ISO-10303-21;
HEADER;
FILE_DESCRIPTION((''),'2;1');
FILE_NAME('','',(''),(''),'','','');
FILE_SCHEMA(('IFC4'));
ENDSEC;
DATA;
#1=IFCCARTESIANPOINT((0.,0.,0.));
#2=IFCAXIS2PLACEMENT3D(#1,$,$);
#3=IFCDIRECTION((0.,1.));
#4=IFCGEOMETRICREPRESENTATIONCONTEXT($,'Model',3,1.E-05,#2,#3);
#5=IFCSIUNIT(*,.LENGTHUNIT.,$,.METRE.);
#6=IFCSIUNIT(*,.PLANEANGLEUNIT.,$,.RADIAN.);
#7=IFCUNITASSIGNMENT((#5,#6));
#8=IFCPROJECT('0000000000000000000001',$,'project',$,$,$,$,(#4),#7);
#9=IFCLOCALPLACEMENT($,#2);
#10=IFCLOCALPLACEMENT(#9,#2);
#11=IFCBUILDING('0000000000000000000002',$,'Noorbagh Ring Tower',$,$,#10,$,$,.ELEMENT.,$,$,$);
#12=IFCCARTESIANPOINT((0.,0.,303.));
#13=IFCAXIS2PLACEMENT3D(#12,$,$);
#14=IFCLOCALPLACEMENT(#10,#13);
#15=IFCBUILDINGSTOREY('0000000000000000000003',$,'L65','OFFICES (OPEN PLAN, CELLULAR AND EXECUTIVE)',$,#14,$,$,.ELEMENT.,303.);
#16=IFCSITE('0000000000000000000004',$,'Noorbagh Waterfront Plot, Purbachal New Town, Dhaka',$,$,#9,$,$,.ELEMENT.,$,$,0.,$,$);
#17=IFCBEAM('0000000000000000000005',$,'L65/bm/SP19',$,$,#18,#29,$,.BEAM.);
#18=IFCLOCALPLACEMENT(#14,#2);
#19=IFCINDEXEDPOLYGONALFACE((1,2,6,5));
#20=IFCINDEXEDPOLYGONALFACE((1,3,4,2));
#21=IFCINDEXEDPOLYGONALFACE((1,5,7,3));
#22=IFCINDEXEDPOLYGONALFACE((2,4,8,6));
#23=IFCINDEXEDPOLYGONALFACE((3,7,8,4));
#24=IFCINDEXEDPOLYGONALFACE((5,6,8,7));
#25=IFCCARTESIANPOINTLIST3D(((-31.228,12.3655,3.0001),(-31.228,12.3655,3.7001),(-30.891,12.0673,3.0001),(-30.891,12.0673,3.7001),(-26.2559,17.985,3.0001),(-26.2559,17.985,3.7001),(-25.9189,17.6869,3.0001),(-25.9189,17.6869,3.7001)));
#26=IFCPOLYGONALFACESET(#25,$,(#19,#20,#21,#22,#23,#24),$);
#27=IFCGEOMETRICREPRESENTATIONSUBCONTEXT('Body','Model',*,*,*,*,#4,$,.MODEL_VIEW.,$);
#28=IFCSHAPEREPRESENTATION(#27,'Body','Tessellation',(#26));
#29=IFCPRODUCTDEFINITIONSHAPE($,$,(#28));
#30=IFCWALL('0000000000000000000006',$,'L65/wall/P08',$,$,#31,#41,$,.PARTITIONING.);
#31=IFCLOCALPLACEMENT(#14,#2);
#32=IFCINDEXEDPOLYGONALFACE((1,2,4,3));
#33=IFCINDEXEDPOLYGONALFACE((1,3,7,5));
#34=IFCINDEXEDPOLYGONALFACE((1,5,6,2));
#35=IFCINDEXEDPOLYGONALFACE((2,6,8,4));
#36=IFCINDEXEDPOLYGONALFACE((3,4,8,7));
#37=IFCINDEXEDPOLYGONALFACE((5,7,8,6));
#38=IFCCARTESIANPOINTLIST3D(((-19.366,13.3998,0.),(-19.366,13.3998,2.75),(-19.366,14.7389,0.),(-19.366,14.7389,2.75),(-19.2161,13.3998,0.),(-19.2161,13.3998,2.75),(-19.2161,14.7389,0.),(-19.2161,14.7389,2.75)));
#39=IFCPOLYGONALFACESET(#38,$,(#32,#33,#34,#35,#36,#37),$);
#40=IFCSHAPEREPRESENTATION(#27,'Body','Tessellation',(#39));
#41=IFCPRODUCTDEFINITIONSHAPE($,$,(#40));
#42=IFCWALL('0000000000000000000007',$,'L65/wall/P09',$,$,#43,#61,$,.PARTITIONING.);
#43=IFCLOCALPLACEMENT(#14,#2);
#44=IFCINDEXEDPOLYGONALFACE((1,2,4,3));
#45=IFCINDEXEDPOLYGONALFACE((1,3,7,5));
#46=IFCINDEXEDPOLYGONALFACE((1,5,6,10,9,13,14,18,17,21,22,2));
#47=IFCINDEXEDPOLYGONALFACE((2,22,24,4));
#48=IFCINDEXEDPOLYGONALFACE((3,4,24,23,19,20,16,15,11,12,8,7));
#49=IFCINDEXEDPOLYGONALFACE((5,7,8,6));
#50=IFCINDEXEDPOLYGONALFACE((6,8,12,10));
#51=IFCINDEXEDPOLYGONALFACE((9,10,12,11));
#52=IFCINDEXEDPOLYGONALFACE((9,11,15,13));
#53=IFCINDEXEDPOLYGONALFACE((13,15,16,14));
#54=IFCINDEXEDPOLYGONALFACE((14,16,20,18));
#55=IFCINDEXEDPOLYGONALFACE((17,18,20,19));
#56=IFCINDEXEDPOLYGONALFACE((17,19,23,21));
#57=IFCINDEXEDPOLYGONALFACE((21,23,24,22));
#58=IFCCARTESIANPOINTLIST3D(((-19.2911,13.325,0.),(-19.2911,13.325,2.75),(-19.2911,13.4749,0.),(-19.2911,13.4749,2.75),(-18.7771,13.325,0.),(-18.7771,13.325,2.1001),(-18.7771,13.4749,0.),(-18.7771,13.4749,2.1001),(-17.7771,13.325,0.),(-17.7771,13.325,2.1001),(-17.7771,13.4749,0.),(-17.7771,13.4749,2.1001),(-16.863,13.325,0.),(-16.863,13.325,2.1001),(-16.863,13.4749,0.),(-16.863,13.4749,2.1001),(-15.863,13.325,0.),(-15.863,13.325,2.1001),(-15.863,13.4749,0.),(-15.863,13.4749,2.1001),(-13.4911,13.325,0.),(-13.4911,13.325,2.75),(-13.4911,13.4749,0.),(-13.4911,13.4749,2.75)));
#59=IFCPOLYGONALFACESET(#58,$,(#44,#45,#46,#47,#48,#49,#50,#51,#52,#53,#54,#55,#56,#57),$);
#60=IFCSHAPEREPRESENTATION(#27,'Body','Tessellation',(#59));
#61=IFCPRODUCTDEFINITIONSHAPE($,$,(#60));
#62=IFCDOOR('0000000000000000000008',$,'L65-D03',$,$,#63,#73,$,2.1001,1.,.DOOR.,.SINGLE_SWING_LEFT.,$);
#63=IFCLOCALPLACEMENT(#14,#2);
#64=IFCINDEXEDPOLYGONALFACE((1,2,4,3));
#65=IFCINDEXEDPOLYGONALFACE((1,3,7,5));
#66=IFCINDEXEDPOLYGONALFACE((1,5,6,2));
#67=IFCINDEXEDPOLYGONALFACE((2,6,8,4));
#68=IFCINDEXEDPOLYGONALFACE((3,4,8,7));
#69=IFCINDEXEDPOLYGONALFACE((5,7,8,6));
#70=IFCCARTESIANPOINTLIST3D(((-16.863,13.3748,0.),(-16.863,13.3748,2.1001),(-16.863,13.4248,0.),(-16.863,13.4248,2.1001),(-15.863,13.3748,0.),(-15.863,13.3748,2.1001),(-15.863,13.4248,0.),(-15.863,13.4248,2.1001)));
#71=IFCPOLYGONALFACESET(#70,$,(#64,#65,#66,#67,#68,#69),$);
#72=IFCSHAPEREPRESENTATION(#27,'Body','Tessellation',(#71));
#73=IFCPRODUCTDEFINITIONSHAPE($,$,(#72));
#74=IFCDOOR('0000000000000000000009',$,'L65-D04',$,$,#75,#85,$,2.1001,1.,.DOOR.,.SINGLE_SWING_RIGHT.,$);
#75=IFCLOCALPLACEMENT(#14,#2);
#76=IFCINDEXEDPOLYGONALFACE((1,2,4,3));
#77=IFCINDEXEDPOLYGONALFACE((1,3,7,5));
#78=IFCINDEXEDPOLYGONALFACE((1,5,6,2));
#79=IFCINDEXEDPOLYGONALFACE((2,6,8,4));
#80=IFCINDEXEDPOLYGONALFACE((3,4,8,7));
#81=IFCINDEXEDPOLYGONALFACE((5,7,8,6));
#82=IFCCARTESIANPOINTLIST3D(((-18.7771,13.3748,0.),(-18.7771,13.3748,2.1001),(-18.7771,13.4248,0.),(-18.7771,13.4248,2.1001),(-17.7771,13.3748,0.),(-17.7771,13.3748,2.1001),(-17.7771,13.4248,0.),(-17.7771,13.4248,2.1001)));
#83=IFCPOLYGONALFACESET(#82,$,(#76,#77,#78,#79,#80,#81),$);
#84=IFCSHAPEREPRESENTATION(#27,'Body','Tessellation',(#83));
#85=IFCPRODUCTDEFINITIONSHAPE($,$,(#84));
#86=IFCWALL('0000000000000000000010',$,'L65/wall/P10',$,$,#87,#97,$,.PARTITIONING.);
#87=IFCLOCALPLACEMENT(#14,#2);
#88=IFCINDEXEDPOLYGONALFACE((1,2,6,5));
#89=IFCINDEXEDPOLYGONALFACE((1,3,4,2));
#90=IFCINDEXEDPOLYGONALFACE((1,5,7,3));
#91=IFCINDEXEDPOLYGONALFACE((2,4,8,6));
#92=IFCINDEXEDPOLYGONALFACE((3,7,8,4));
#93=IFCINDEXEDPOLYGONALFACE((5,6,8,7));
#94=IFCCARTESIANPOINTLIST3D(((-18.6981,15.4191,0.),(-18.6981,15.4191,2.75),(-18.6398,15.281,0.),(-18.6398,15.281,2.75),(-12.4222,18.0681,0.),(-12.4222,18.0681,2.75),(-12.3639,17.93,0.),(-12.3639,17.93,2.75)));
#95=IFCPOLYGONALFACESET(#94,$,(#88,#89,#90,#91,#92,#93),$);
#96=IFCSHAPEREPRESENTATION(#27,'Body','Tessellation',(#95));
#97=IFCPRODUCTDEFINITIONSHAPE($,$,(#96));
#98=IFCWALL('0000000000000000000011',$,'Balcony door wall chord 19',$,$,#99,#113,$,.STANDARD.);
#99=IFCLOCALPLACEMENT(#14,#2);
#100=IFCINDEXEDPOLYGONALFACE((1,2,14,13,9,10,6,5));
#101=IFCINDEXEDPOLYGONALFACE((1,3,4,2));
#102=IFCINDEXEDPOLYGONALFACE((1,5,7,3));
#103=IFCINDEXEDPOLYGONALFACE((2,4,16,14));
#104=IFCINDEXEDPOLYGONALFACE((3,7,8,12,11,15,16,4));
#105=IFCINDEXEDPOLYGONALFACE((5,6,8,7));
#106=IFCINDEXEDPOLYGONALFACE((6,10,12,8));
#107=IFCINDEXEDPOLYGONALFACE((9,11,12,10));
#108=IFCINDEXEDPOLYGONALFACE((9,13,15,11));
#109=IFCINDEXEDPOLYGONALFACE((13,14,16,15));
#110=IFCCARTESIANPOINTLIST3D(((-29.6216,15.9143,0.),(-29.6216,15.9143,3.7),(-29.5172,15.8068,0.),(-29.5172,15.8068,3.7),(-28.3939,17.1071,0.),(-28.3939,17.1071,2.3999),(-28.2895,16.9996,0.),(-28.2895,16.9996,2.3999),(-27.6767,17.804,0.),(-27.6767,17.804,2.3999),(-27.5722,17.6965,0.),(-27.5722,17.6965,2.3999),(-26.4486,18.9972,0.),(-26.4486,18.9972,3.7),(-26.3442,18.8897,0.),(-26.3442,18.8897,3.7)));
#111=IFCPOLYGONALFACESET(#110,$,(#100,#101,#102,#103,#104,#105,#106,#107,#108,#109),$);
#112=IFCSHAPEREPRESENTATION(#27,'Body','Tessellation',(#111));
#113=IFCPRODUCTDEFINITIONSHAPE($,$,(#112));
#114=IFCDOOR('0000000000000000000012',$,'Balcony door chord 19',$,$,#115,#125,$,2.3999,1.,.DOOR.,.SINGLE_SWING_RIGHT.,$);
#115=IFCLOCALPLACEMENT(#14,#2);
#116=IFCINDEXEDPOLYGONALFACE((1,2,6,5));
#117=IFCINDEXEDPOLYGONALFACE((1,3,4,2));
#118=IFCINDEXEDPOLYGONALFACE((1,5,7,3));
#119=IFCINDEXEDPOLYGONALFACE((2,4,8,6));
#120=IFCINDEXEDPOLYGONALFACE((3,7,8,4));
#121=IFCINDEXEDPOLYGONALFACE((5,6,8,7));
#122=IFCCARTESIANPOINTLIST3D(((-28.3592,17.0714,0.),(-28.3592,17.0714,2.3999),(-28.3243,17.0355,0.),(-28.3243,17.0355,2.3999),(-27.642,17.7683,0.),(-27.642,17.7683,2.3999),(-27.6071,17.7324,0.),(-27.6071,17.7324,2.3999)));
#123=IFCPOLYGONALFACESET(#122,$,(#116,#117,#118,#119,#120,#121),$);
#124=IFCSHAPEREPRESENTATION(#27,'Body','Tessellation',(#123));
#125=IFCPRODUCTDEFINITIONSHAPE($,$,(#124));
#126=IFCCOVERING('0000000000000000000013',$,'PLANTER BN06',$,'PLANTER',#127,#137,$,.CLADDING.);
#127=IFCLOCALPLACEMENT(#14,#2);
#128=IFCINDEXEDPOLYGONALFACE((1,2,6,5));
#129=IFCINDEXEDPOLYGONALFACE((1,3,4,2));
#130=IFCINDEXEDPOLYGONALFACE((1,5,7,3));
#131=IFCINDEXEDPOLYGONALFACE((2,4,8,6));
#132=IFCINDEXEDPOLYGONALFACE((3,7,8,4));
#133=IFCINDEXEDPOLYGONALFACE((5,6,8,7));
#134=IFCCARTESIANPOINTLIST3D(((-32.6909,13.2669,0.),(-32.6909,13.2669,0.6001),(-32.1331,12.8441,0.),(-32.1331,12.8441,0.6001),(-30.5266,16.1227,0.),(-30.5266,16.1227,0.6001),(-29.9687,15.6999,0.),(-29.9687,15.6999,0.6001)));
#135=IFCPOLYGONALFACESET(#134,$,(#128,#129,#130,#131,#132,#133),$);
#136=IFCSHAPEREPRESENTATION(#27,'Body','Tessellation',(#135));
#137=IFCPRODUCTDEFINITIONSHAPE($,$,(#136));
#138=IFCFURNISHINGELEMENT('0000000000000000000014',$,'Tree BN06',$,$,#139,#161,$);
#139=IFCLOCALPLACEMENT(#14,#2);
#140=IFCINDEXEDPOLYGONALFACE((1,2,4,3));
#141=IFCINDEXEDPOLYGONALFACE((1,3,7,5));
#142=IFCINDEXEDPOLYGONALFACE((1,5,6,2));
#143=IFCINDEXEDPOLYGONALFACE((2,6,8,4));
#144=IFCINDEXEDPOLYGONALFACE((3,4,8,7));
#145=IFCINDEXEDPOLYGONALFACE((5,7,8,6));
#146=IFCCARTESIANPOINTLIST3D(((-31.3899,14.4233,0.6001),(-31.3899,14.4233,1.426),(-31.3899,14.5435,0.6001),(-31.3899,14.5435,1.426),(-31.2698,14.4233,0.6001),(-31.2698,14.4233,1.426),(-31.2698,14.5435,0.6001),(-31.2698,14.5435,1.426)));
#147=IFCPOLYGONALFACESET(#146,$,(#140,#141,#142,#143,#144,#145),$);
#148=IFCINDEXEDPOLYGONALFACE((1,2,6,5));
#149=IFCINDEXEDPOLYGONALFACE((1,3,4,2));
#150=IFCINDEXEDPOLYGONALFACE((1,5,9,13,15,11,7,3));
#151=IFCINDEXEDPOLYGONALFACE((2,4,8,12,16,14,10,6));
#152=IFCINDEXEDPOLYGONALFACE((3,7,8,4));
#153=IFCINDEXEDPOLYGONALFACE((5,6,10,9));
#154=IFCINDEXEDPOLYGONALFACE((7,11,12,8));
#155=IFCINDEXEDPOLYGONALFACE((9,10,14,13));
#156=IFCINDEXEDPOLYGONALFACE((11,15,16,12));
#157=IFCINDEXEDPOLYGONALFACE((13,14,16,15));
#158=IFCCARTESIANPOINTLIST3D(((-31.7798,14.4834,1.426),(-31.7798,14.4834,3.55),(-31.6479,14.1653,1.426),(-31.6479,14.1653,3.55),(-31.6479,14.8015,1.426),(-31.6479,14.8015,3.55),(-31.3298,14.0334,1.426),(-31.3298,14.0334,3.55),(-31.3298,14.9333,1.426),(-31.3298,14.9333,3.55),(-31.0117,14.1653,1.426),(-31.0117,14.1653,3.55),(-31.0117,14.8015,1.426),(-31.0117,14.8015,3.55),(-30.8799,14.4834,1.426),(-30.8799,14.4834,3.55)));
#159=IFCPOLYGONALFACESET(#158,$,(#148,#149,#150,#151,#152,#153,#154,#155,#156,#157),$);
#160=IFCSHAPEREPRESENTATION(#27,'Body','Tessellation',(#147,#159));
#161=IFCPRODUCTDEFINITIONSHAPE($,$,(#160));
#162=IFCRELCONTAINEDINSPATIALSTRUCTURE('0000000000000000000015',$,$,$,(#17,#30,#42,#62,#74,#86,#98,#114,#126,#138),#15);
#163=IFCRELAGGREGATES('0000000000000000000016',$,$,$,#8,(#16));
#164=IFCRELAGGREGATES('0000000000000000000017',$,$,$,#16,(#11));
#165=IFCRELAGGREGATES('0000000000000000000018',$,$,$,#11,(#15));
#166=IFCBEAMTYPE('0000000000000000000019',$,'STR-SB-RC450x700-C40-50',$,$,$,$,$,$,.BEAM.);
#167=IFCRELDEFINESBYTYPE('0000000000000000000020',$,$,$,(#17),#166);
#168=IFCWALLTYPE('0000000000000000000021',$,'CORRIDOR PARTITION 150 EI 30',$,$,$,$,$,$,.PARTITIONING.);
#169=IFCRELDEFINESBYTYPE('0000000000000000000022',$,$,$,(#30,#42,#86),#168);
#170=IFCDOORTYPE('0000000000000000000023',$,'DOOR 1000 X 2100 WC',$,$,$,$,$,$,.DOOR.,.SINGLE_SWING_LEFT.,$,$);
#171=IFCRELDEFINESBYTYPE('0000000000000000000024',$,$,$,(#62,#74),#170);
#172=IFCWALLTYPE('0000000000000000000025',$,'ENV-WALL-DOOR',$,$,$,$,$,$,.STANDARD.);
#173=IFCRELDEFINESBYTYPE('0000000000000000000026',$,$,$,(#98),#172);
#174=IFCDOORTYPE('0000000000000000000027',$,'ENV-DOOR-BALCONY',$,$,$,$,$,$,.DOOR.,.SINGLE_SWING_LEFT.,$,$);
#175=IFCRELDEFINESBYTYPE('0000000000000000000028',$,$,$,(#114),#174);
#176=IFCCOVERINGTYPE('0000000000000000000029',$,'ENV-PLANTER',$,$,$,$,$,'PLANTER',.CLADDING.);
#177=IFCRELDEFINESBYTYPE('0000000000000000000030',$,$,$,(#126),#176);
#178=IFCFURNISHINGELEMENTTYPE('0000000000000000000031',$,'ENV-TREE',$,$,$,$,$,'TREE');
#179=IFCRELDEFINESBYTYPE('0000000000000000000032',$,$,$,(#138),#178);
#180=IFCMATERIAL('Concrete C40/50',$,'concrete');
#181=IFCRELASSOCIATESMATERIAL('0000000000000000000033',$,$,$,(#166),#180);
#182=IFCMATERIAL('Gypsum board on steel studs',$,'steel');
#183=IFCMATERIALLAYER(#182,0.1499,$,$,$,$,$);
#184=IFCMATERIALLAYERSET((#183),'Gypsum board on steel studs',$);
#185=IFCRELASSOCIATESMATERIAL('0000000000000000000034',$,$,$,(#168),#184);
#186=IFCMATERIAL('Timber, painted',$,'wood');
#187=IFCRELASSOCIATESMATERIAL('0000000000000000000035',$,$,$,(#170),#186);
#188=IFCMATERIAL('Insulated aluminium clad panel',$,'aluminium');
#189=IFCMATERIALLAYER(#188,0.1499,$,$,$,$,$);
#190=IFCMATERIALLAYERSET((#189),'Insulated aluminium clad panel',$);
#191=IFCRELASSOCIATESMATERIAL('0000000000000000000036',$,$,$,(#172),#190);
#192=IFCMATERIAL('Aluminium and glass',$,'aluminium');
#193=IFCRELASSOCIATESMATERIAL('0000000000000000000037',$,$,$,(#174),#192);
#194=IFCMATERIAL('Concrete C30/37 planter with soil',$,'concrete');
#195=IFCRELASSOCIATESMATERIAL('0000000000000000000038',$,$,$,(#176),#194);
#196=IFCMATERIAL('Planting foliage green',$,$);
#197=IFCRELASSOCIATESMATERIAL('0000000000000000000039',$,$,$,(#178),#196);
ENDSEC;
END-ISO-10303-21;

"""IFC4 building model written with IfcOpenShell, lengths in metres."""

from ifc_helpers import new_model, si_unit, direction, frame, frame_2d, origin, origin_2d, place, context, subcontext, project, spatial, polyline, rectangle, outline, extrude, material, layer, layer_set, material_profile, profile_set, type_object, element, fill, save


model = new_model("IFC4")

# Units and contexts
model_context = context("Model", 3, precision=1e-05, world=origin(), true_north=direction((0.0, 1.0)))
body_context = subcontext(model_context, "Body", "Model", "MODEL_VIEW")
ifc_project = project(units=[si_unit("LENGTHUNIT", "METRE"), si_unit("PLANEANGLEUNIT", "RADIAN")], contexts=[model_context])

# Site, building, storey
site_placement = place(None, origin())
site = spatial("IfcSite", under=ifc_project, at=site_placement, Name="Noorbagh Waterfront Plot, Purbachal New Town, Dhaka", CompositionType="ELEMENT", RefElevation=0.0)
building_placement = place(site_placement, origin())
building = spatial("IfcBuilding", under=site, at=building_placement, Name="Noorbagh Ring Tower", CompositionType="ELEMENT")
storey_placement = place(building_placement, frame((0.0, 0.0, 303.0)))
storey = spatial("IfcBuildingStorey", under=building, at=storey_placement, Name="L65", Description="OFFICES (OPEN PLAN, CELLULAR AND EXECUTIVE)", CompositionType="ELEMENT", Elevation=303.0)

# Beam
ifc_material_1 = material(Name="Concrete C40/50", Category="concrete")
ifc_material_profile_1 = material_profile(ifc_material_1, rectangle(XDim=0.45, YDim=0.7, at=origin_2d()), Name="RC450x700")
ifc_profile_set_1 = profile_set([ifc_material_profile_1], Name="Concrete C40/50")
beam_type_1 = type_object("IfcBeamType", Name="STR-SB-RC450x700-C40-50", PredefinedType="BEAM", material=ifc_profile_set_1)
beam_1_placement = place(storey_placement, frame((-26.0874, 17.8359, 3.3501), z_axis=(-0.662645, -0.748933, 0.0), x_axis=(0.748933, -0.662645, 0.0)))
element("IfcBeam", 1, at=beam_1_placement, inside=storey, type_object=beam_type_1, Name="L65/bm/SP19", PredefinedType="BEAM", context=body_context, shape_type="SweptSolid", body=[
    extrude(rectangle(XDim=0.45, YDim=0.7, at=origin_2d()), origin(), (0.0, 0.0, 1.0), 7.5034),
])

# Wall
ifc_material_2 = material(Name="Gypsum board on steel studs", Category="steel")
ifc_layer_1 = layer(ifc_material_2, 0.1499)
ifc_layer_set_1 = layer_set([ifc_layer_1], Name="Gypsum board on steel studs")
wall_type_1 = type_object("IfcWallType", Name="CORRIDOR PARTITION 150 EI 30", PredefinedType="PARTITIONING", material=ifc_layer_set_1)
wall_1_placement = place(storey_placement, frame((-19.291, 13.3999, 0.0), z_axis=(0.0, 0.0, 1.0), x_axis=(0.0, 1.0, 0.0)))
element("IfcWall", 2, at=wall_1_placement, inside=storey, type_object=wall_type_1, Name="L65/wall/P08", PredefinedType="PARTITIONING", context=body_context, shape_type="SweptSolid", body=[
    extrude(rectangle(XDim=1.3391, YDim=0.1499, at=frame_2d((0.6694, 0.0))), origin(), (0.0, 0.0, 1.0), 2.75),
])

# Wall, openings, doors
wall_2_placement = place(storey_placement, frame((-19.291, 13.3999, 0.0), z_axis=(0.0, 0.0, 1.0), x_axis=(1.0, 0.0, 0.0)))
wall_2 = element("IfcWall", 3, at=wall_2_placement, inside=storey, type_object=wall_type_1, Name="L65/wall/P09", PredefinedType="PARTITIONING", context=body_context, shape_type="SweptSolid", body=[
    extrude(rectangle(XDim=5.8, YDim=0.1499, at=frame_2d((2.8999, 0.0))), origin(), (0.0, 0.0, 1.0), 2.75),
])
opening_1_placement = place(wall_2_placement, frame((2.428, 0.0, 0.0)))
opening_1 = element("IfcOpeningElement", 4, at=opening_1_placement, cuts=wall_2, PredefinedType="OPENING", context=body_context, shape_type="SweptSolid", body=[
    extrude(rectangle(XDim=1.0, YDim=2.1001, at=frame_2d((0.5, 1.05))), frame((0.0, 0.085, 0.0), z_axis=(0.0, -1.0, 0.0), x_axis=(1.0, 0.0, 0.0)), (0.0, 0.0, 1.0), 0.1699),
])
opening_2_placement = place(wall_2_placement, frame((0.5139, 0.0, 0.0)))
opening_2 = element("IfcOpeningElement", 5, at=opening_2_placement, cuts=wall_2, PredefinedType="OPENING", context=body_context, shape_type="SweptSolid", body=[
    extrude(rectangle(XDim=1.0, YDim=2.1001, at=frame_2d((0.5, 1.05))), frame((0.0, 0.085, 0.0), z_axis=(0.0, -1.0, 0.0), x_axis=(1.0, 0.0, 0.0)), (0.0, 0.0, 1.0), 0.1699),
])
ifc_material_3 = material(Name="Timber, painted", Category="wood")
door_type_1 = type_object("IfcDoorType", Name="DOOR 1000 X 2100 WC", OperationType="SINGLE_SWING_LEFT", PredefinedType="DOOR", material=ifc_material_3)
door_1_placement = place(opening_1_placement, origin())
door_1 = element("IfcDoor", 6, at=door_1_placement, inside=storey, type_object=door_type_1, Name="L65-D03", OperationType="SINGLE_SWING_LEFT", OverallHeight=2.1001, OverallWidth=1.0, PredefinedType="DOOR", context=body_context, shape_type="SweptSolid", body=[
    extrude(rectangle(XDim=1.0, YDim=2.1001, at=frame_2d((0.5, 1.05))), frame((0.0, 0.0249, 0.0), z_axis=(0.0, -1.0, 0.0), x_axis=(1.0, 0.0, 0.0)), (0.0, 0.0, 1.0), 0.05),
])
fill(opening_1, door_1)
door_2_placement = place(opening_2_placement, origin())
door_2 = element("IfcDoor", 7, at=door_2_placement, inside=storey, type_object=door_type_1, Name="L65-D04", OperationType="SINGLE_SWING_RIGHT", OverallHeight=2.1001, OverallWidth=1.0, PredefinedType="DOOR", context=body_context, shape_type="SweptSolid", body=[
    extrude(rectangle(XDim=1.0, YDim=2.1001, at=frame_2d((0.5, 1.05))), frame((0.0, 0.0249, 0.0), z_axis=(0.0, -1.0, 0.0), x_axis=(1.0, 0.0, 0.0)), (0.0, 0.0, 1.0), 0.05),
])
fill(opening_2, door_2)

# Wall
wall_3_placement = place(storey_placement, frame((-18.6689, 15.3501, 0.0), z_axis=(0.0, 0.0, 1.0), x_axis=(0.921296, 0.388861, 0.0)))
element("IfcWall", 8, at=wall_3_placement, inside=storey, type_object=wall_type_1, Name="L65/wall/P10", PredefinedType="PARTITIONING", context=body_context, shape_type="SweptSolid", body=[
    extrude(rectangle(XDim=6.812, YDim=0.1499, at=frame_2d((3.406, 0.0))), origin(), (0.0, 0.0, 1.0), 2.75),
])

# Wall, opening, door
ifc_material_4 = material(Name="Insulated aluminium clad panel", Category="aluminium")
ifc_layer_2 = layer(ifc_material_4, 0.1499)
ifc_layer_set_2 = layer_set([ifc_layer_2], Name="Insulated aluminium clad panel")
wall_type_2 = type_object("IfcWallType", Name="ENV-WALL-DOOR", PredefinedType="STANDARD", material=ifc_layer_set_2)
wall_4_placement = place(storey_placement, frame((-26.3965, 18.9434, 0.0), z_axis=(0.0, 0.0, 1.0), x_axis=(-0.717215, -0.696852, 0.0)))
wall_4 = element("IfcWall", 9, at=wall_4_placement, inside=storey, type_object=wall_type_2, Name="Balcony door wall chord 19", PredefinedType="STANDARD", context=body_context, shape_type="SweptSolid", body=[
    extrude(rectangle(XDim=4.4241, YDim=0.1499, at=frame_2d((2.2119, 0.0))), origin(), (0.0, 0.0, 1.0), 3.7),
])
opening_3_placement = place(wall_4_placement, frame((1.7122, 0.0, 0.0)))
opening_3 = element("IfcOpeningElement", 10, at=opening_3_placement, cuts=wall_4, PredefinedType="OPENING", context=body_context, shape_type="SweptSolid", body=[
    extrude(rectangle(XDim=1.0, YDim=2.3999, at=frame_2d((0.5, 1.2))), frame((0.0, 0.085, 0.0), z_axis=(0.0, -1.0, 0.0), x_axis=(1.0, 0.0, 0.0)), (0.0, 0.0, 1.0), 0.1699),
])
ifc_material_5 = material(Name="Aluminium and glass", Category="aluminium")
door_type_2 = type_object("IfcDoorType", Name="ENV-DOOR-BALCONY", OperationType="SINGLE_SWING_LEFT", PredefinedType="DOOR", material=ifc_material_5)
door_3_placement = place(opening_3_placement, origin())
door_3 = element("IfcDoor", 11, at=door_3_placement, inside=storey, type_object=door_type_2, Name="Balcony door chord 19", OperationType="SINGLE_SWING_RIGHT", OverallHeight=2.3999, OverallWidth=1.0, PredefinedType="DOOR", context=body_context, shape_type="SweptSolid", body=[
    extrude(rectangle(XDim=1.0, YDim=2.3999, at=frame_2d((0.5, 1.2))), frame((0.0, 0.0249, 0.0), z_axis=(0.0, -1.0, 0.0), x_axis=(1.0, 0.0, 0.0)), (0.0, 0.0, 1.0), 0.05),
])
fill(opening_3, door_3)

# Covering
ifc_material_6 = material(Name="Concrete C30/37 planter with soil", Category="concrete")
covering_type = type_object("IfcCoveringType", Name="ENV-PLANTER", ElementType="PLANTER", PredefinedType="CLADDING", material=ifc_material_6)
covering_placement = place(storey_placement, frame((-31.3298, 14.4834, 0.0), z_axis=(0.0, 0.0, 1.0), x_axis=(-0.60402, -0.796969, 0.0)))
element("IfcCovering", 12, at=covering_placement, inside=storey, type_object=covering_type, Name="PLANTER BN06", ObjectType="PLANTER", PredefinedType="CLADDING", context=body_context, shape_type="SweptSolid", body=[
    extrude(rectangle(XDim=3.5833, YDim=0.7, at=origin_2d()), origin(), (0.0, 0.0, 1.0), 0.6001),
])

# Furnishing element
ifc_material_7 = material(Name="Planting foliage green")
furnishing_element_type = type_object("IfcFurnishingElementType", Name="ENV-TREE", ElementType="TREE", material=ifc_material_7)
furnishing_placement = place(storey_placement, frame((-31.3298, 14.4834, 0.6001), z_axis=(0.0, 0.0, 1.0), x_axis=(1.0, 0.0, 0.0)))
element("IfcFurnishingElement", 13, at=furnishing_placement, inside=storey, type_object=furnishing_element_type, Name="Tree BN06", context=body_context, shape_type="SweptSolid", body=[
    extrude(rectangle(XDim=0.1201, YDim=0.1201, at=origin_2d()), origin(), (0.0, 0.0, 1.0), 0.8259),
    extrude(outline(polyline([(0.45, 0.0), (0.3181, 0.3181), (0.0, 0.45), (-0.3181, 0.3181), (-0.45, 0.0), (-0.3181, -0.3181), (0.0, -0.45), (0.3181, -0.3181), (0.45, 0.0)])), frame((0.0, 0.0, 0.8259)), (0.0, 0.0, 1.0), 2.124),
])

save(model, "model.ifc")
